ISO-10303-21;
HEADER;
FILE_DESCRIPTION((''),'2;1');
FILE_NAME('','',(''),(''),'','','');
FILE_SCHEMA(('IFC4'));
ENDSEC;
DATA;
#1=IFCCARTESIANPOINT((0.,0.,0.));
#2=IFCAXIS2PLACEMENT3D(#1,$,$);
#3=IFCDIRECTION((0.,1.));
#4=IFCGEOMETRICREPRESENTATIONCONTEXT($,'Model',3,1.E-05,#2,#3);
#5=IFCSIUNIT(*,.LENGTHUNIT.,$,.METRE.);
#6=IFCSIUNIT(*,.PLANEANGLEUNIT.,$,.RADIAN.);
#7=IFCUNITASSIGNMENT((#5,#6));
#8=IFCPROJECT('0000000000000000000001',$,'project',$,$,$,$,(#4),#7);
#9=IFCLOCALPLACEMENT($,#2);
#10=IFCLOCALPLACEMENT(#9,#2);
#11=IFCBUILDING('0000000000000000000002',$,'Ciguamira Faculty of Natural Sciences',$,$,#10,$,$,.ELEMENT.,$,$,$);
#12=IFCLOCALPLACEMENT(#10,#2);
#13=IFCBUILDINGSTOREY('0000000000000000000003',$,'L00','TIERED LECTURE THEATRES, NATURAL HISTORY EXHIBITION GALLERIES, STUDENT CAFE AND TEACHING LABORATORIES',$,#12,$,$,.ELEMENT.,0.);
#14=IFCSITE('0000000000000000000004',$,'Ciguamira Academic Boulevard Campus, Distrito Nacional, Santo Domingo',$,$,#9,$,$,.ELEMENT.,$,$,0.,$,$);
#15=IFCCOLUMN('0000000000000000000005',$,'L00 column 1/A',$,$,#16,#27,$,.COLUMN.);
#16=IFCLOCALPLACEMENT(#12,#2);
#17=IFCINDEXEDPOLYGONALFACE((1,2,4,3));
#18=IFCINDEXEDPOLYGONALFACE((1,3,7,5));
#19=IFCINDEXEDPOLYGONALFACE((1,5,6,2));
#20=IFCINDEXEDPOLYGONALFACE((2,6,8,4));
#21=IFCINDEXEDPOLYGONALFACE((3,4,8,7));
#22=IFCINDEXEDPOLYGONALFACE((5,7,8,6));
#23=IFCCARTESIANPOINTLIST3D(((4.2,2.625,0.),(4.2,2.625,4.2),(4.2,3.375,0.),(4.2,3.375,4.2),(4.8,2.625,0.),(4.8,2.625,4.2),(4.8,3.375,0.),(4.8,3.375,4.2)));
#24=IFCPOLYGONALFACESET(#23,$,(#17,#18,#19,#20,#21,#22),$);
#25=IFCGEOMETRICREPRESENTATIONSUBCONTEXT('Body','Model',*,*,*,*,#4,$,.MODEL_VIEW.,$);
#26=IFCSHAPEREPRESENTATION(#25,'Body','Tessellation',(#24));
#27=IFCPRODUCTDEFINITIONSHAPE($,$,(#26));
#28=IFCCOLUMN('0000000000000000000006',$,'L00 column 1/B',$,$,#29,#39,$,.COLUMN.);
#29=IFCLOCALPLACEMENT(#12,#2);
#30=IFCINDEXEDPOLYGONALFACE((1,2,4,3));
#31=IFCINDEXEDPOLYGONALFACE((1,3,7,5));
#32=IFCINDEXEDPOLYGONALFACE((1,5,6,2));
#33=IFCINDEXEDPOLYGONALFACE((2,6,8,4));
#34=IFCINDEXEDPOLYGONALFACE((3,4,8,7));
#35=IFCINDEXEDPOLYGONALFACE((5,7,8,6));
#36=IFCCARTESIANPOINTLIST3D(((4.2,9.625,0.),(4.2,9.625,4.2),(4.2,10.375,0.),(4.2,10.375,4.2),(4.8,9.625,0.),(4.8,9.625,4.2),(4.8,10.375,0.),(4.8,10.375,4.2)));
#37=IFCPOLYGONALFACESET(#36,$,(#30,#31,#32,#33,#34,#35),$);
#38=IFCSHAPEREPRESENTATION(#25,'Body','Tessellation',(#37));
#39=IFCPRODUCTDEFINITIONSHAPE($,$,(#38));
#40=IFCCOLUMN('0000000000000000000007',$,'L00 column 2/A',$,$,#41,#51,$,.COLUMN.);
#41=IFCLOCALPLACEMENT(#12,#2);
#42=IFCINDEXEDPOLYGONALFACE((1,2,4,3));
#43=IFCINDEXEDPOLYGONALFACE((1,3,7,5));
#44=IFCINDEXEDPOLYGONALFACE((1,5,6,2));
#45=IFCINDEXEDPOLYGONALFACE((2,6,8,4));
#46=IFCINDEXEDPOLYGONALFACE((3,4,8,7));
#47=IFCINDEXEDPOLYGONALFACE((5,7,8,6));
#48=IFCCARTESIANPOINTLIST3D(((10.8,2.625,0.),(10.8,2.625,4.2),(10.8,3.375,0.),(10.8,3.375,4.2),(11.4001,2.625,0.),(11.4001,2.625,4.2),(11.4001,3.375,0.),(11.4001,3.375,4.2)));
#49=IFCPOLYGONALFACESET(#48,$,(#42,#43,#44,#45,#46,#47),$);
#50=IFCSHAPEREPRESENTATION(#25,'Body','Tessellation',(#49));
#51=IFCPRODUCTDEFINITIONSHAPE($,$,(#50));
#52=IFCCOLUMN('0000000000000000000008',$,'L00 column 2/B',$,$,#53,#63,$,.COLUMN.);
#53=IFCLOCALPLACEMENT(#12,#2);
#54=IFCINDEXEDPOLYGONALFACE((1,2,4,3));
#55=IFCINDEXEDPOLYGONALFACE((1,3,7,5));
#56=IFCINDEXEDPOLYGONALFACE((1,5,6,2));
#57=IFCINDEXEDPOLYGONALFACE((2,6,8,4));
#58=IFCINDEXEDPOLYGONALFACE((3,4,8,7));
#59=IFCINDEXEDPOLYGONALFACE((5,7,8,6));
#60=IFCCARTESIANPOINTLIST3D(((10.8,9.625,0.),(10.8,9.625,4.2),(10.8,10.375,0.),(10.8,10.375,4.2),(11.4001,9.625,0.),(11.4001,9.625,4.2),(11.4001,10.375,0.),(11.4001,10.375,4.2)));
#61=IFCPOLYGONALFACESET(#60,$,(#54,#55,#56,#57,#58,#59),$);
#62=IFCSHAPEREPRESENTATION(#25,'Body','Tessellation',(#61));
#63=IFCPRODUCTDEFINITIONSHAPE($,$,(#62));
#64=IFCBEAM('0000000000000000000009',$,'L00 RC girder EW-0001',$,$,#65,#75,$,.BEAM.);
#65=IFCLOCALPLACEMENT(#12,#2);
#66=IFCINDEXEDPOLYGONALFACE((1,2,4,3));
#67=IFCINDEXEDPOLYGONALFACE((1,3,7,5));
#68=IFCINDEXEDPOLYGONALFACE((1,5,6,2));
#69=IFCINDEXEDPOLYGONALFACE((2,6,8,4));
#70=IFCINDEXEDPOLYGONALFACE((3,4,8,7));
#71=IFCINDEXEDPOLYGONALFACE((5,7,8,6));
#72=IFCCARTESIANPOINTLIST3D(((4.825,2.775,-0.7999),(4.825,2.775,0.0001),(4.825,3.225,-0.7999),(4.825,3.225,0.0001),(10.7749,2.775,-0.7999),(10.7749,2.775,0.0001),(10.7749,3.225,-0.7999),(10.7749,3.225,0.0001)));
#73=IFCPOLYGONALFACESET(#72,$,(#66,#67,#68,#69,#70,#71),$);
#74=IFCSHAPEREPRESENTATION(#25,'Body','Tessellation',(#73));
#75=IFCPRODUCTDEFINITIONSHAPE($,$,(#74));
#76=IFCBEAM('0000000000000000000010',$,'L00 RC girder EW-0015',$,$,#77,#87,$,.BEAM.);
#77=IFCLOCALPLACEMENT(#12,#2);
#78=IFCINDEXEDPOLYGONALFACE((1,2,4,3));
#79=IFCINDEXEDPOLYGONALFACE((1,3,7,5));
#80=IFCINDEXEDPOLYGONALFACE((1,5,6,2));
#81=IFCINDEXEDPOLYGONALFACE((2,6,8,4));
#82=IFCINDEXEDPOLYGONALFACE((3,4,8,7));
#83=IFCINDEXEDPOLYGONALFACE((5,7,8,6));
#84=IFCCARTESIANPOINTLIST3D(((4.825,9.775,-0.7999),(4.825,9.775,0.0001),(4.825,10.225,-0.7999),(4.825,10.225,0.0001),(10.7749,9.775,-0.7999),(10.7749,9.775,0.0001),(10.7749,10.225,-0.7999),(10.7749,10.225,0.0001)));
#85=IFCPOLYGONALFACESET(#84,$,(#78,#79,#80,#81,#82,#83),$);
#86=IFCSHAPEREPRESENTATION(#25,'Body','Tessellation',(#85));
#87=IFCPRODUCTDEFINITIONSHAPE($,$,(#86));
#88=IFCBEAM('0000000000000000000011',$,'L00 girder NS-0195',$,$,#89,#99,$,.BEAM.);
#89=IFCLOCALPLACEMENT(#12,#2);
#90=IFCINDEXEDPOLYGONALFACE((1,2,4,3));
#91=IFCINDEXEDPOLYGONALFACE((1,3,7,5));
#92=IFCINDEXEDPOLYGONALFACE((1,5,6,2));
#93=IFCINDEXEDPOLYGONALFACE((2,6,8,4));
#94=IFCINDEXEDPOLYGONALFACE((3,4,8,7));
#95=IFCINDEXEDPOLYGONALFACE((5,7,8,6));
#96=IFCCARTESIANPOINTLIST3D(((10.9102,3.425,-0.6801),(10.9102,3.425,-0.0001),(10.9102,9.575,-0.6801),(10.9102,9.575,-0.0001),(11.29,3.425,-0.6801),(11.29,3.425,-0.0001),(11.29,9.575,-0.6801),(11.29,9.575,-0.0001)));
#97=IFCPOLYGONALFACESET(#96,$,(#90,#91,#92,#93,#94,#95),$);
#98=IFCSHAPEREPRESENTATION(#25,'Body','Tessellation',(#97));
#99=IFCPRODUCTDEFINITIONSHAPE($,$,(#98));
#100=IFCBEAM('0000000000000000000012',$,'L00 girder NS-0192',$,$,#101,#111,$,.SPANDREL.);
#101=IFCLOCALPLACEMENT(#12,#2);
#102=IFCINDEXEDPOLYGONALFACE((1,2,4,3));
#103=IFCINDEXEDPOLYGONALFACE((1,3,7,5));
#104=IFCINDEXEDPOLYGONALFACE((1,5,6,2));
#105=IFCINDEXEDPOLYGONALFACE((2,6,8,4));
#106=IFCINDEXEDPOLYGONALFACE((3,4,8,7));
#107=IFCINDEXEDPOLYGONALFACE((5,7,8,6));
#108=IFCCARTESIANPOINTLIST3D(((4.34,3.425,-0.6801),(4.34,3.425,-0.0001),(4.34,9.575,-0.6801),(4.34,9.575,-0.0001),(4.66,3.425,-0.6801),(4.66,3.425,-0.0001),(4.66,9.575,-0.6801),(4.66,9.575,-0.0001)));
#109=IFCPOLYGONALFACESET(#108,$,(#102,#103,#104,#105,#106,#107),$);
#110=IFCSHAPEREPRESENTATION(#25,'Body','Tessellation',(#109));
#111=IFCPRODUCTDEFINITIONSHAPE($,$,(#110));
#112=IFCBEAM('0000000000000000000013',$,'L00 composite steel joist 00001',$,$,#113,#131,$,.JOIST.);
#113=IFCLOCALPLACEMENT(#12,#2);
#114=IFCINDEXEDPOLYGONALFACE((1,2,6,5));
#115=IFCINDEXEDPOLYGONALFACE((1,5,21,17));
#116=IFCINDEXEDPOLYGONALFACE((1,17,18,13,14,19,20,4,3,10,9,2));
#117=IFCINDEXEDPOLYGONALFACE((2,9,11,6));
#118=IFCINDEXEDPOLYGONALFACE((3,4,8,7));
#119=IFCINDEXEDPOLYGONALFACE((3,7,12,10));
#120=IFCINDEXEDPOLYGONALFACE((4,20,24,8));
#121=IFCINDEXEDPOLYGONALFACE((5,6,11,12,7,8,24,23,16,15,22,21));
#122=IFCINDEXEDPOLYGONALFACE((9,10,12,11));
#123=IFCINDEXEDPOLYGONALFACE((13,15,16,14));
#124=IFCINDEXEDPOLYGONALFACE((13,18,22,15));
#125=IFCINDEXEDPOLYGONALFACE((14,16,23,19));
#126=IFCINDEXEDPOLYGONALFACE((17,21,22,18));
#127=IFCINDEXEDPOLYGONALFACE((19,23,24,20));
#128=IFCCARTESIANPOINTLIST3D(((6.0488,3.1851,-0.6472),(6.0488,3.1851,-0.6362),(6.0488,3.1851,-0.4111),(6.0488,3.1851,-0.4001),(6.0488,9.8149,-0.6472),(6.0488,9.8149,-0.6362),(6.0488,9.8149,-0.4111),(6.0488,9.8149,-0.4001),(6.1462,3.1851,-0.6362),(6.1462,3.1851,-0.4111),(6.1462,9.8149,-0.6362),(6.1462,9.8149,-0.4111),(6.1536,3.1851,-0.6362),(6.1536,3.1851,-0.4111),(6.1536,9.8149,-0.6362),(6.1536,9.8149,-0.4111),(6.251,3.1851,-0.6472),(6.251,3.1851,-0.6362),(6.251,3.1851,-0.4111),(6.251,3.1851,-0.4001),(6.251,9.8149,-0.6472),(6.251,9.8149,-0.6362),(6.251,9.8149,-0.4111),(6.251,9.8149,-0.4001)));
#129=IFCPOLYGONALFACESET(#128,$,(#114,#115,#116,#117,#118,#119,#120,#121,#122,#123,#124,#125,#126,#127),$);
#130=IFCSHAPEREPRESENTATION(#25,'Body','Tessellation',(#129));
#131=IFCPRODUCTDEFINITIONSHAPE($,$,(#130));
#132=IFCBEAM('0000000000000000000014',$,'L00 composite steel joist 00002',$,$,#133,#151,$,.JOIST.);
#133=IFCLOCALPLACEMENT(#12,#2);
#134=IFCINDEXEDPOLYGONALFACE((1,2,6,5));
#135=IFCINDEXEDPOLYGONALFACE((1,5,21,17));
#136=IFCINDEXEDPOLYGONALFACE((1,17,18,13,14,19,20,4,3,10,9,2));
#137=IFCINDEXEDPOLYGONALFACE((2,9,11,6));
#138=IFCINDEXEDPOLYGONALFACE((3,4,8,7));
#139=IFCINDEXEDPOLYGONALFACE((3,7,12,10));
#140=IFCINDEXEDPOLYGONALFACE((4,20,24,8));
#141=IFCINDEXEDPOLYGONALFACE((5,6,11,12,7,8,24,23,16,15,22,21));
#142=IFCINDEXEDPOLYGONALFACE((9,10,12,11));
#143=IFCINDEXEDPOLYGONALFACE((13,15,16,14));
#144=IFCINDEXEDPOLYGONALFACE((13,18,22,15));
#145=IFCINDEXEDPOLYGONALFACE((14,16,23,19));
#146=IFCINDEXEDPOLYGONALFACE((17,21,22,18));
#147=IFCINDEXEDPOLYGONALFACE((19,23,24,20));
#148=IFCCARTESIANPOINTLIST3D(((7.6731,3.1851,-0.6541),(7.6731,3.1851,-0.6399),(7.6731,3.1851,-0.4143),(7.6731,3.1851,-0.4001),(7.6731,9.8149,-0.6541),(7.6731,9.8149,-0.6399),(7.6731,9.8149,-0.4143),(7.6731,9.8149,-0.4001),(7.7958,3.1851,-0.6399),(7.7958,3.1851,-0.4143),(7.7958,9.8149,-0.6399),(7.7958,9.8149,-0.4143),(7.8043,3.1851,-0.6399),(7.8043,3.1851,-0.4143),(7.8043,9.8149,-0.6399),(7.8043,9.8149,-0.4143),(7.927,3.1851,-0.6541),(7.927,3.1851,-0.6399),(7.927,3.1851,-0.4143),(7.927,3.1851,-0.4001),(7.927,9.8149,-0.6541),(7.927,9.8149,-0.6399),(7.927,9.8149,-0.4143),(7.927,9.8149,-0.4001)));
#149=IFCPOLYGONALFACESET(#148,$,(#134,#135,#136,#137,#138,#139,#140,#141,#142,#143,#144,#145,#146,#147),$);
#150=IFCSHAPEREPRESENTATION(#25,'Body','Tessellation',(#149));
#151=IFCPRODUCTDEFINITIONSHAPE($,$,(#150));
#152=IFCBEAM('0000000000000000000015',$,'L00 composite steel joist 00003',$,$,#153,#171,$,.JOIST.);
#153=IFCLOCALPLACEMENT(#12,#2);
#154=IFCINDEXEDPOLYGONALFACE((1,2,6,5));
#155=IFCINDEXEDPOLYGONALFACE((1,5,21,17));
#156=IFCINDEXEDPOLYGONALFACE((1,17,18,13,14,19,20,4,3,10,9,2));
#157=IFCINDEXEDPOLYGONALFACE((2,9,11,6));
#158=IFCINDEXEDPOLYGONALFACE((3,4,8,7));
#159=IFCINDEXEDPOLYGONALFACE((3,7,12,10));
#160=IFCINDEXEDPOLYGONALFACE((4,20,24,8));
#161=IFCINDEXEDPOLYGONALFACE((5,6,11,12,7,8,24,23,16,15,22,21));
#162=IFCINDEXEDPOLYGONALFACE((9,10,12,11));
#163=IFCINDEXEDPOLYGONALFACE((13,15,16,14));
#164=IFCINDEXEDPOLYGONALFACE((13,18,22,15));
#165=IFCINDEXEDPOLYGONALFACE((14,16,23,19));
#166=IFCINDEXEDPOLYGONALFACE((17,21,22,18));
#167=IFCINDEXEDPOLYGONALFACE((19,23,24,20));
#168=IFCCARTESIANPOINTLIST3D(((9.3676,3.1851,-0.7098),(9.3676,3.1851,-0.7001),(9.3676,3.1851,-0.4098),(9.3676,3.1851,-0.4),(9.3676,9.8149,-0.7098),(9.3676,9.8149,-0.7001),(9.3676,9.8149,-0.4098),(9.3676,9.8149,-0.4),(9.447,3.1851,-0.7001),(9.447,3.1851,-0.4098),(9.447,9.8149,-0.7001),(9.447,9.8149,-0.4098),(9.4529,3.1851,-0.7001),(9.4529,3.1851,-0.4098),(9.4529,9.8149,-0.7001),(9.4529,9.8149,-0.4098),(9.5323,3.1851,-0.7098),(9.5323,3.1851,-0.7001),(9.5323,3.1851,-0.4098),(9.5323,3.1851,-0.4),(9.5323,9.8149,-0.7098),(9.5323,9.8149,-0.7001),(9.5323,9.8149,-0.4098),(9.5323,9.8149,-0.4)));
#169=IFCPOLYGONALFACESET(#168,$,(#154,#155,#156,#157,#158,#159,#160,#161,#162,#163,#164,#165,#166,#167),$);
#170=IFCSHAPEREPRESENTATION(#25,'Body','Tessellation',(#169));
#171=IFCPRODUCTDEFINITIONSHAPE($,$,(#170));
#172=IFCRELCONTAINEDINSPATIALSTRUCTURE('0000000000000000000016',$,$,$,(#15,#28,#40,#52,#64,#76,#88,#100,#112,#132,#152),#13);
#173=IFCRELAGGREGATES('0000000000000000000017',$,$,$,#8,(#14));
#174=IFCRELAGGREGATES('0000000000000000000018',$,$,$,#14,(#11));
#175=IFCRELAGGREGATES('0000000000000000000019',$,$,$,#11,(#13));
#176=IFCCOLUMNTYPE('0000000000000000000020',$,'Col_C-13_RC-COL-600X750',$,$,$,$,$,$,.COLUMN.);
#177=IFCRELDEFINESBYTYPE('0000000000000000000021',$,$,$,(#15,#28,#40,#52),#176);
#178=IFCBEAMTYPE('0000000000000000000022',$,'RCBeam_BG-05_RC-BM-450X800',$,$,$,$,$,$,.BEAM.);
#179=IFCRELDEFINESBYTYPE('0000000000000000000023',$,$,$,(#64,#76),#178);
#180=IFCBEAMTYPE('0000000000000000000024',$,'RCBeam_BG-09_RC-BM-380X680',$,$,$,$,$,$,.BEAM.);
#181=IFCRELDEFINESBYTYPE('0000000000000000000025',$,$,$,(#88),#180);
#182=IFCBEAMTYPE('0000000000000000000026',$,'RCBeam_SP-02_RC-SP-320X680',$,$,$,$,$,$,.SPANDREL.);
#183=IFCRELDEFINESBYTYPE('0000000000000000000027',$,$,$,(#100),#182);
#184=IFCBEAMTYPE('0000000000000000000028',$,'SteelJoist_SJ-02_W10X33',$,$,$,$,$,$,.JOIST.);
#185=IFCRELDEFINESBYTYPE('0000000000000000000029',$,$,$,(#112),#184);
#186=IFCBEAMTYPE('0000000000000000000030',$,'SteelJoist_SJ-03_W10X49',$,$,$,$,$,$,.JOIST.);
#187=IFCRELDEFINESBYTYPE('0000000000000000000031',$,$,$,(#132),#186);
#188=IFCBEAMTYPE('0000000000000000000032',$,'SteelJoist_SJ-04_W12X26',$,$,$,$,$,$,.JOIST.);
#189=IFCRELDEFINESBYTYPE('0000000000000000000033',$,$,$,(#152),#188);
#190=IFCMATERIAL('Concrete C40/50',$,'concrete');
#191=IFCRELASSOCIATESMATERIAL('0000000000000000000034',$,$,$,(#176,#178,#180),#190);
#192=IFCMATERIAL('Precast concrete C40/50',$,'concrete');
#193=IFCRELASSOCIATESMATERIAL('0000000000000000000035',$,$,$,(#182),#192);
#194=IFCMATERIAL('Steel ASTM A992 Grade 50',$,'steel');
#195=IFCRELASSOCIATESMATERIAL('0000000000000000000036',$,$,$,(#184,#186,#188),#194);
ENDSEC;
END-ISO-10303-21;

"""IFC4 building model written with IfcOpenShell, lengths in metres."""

from ifc_helpers import new_model, si_unit, direction, frame, origin, origin_2d, place, context, subcontext, project, spatial, rectangle, i_section, extrude, material, material_profile, profile_set, type_object, element, save


model = new_model("IFC4")

# Units and contexts
model_context = context("Model", 3, precision=1e-05, world=origin(), true_north=direction((0.0, 1.0)))
body_context = subcontext(model_context, "Body", "Model", "MODEL_VIEW")
ifc_project = project(units=[si_unit("LENGTHUNIT", "METRE"), si_unit("PLANEANGLEUNIT", "RADIAN")], contexts=[model_context])

# Site, building, storey
site_placement = place(None, origin())
site = spatial("IfcSite", under=ifc_project, at=site_placement, Name="Ciguamira Academic Boulevard Campus, Distrito Nacional, Santo Domingo", CompositionType="ELEMENT", RefElevation=0.0)
building_placement = place(site_placement, origin())
building = spatial("IfcBuilding", under=site, at=building_placement, Name="Ciguamira Faculty of Natural Sciences", CompositionType="ELEMENT")
storey_placement = place(building_placement, origin())
storey = spatial("IfcBuildingStorey", under=building, at=storey_placement, Name="L00", Description="TIERED LECTURE THEATRES, NATURAL HISTORY EXHIBITION GALLERIES, STUDENT CAFE AND TEACHING LABORATORIES", CompositionType="ELEMENT", Elevation=0.0)

# Columns
ifc_material_1 = material(Name="Concrete C40/50", Category="concrete")
ifc_material_profile_1 = material_profile(ifc_material_1, rectangle(XDim=0.6001, YDim=0.75, at=origin_2d()), Name="RC-COL-600X750")
ifc_profile_set_1 = profile_set([ifc_material_profile_1], Name="Concrete C40/50")
column_type = type_object("IfcColumnType", Name="Col_C-13_RC-COL-600X750", PredefinedType="COLUMN", material=ifc_profile_set_1)
for number, where, z_axis, x_axis, name in (
    (1, (4.5, 3.0, 0.0), (0.0, 0.0, 1.0), (1.0, 0.0, 0.0), "L00 column 1/A"),
    (2, (4.5, 10.0, 0.0), (0.0, 0.0, 1.0), (1.0, 0.0, 0.0), "L00 column 1/B"),
    (3, (11.1001, 3.0, 0.0), (0.0, 0.0, 1.0), (1.0, 0.0, 0.0), "L00 column 2/A"),
    (4, (11.1001, 10.0, 0.0), (0.0, 0.0, 1.0), (1.0, 0.0, 0.0), "L00 column 2/B"),
):
    element("IfcColumn", number, at=place(storey_placement, frame(where, z_axis=z_axis, x_axis=x_axis)), inside=storey, type_object=column_type, Name=name, PredefinedType="COLUMN", context=body_context, shape_type="SweptSolid", body=[
        extrude(rectangle(XDim=0.6001, YDim=0.75, at=origin_2d()), origin(), (0.0, 0.0, 1.0), 4.2),
    ])

# Beams
ifc_material_profile_2 = material_profile(ifc_material_1, rectangle(XDim=0.45, YDim=0.8, at=origin_2d()), Name="RC-BM-450X800")
ifc_profile_set_2 = profile_set([ifc_material_profile_2], Name="Concrete C40/50")
beam_type_1 = type_object("IfcBeamType", Name="RCBeam_BG-05_RC-BM-450X800", PredefinedType="BEAM", material=ifc_profile_set_2)
for number, where, z_axis, x_axis, name in (
    (5, (4.825, 3.0, -0.3999), (1.0, 0.0, 0.0), (0.0, 1.0, 0.0), "L00 RC girder EW-0001"),
    (6, (4.825, 10.0, -0.3999), (1.0, 0.0, 0.0), (0.0, 1.0, 0.0), "L00 RC girder EW-0015"),
):
    element("IfcBeam", number, at=place(storey_placement, frame(where, z_axis=z_axis, x_axis=x_axis)), inside=storey, type_object=beam_type_1, Name=name, PredefinedType="BEAM", context=body_context, shape_type="SweptSolid", body=[
        extrude(rectangle(XDim=0.45, YDim=0.8, at=origin_2d()), origin(), (0.0, 0.0, 1.0), 5.95),
    ])
ifc_material_profile_3 = material_profile(ifc_material_1, rectangle(XDim=0.3799, YDim=0.6799, at=origin_2d()), Name="RC-BM-380X680")
ifc_profile_set_3 = profile_set([ifc_material_profile_3], Name="Concrete C40/50")
beam_type_2 = type_object("IfcBeamType", Name="RCBeam_BG-09_RC-BM-380X680", PredefinedType="BEAM", material=ifc_profile_set_3)
beam_1_placement = place(storey_placement, frame((11.1001, 3.425, -0.3401), z_axis=(0.0, 1.0, 0.0), x_axis=(-1.0, 0.0, 0.0)))
element("IfcBeam", 7, at=beam_1_placement, inside=storey, type_object=beam_type_2, Name="L00 girder NS-0195", PredefinedType="BEAM", context=body_context, shape_type="SweptSolid", body=[
    extrude(rectangle(XDim=0.3799, YDim=0.6799, at=origin_2d()), origin(), (0.0, 0.0, 1.0), 6.1499),
])
ifc_material_2 = material(Name="Precast concrete C40/50", Category="concrete")
ifc_material_profile_4 = material_profile(ifc_material_2, rectangle(XDim=0.3201, YDim=0.6799, at=origin_2d()), Name="RC-SP-320X680")
ifc_profile_set_4 = profile_set([ifc_material_profile_4], Name="Precast concrete C40/50")
beam_type_3 = type_object("IfcBeamType", Name="RCBeam_SP-02_RC-SP-320X680", PredefinedType="SPANDREL", material=ifc_profile_set_4)
beam_2_placement = place(storey_placement, frame((4.5, 3.425, -0.3401), z_axis=(0.0, 1.0, 0.0), x_axis=(-1.0, 0.0, 0.0)))
element("IfcBeam", 8, at=beam_2_placement, inside=storey, type_object=beam_type_3, Name="L00 girder NS-0192", PredefinedType="SPANDREL", context=body_context, shape_type="SweptSolid", body=[
    extrude(rectangle(XDim=0.3201, YDim=0.6799, at=origin_2d()), origin(), (0.0, 0.0, 1.0), 6.1499),
])
ifc_material_3 = material(Name="Steel ASTM A992 Grade 50", Category="steel")
ifc_material_profile_5 = material_profile(ifc_material_3, i_section(OverallWidth=0.2021, OverallDepth=0.2471, WebThickness=0.0073, FlangeThickness=0.011, at=origin_2d()), Name="W10X33")
ifc_profile_set_5 = profile_set([ifc_material_profile_5], Name="Steel ASTM A992 Grade 50")
beam_type_4 = type_object("IfcBeamType", Name="SteelJoist_SJ-02_W10X33", PredefinedType="JOIST", material=ifc_profile_set_5)
beam_3_placement = place(storey_placement, frame((6.1499, 3.1851, -0.5237), z_axis=(0.0, 1.0, 0.0), x_axis=(-1.0, 0.0, 0.0)))
element("IfcBeam", 9, at=beam_3_placement, inside=storey, type_object=beam_type_4, Name="L00 composite steel joist 00001", PredefinedType="JOIST", context=body_context, shape_type="SweptSolid", body=[
    extrude(i_section(OverallWidth=0.2021, OverallDepth=0.2471, WebThickness=0.0073, FlangeThickness=0.011, at=origin_2d()), origin(), (0.0, 0.0, 1.0), 6.6299),
])
ifc_material_profile_6 = material_profile(ifc_material_3, i_section(OverallWidth=0.2539, OverallDepth=0.2539, WebThickness=0.0085, FlangeThickness=0.0142, at=origin_2d()), Name="W10X49")
ifc_profile_set_6 = profile_set([ifc_material_profile_6], Name="Steel ASTM A992 Grade 50")
beam_type_5 = type_object("IfcBeamType", Name="SteelJoist_SJ-03_W10X49", PredefinedType="JOIST", material=ifc_profile_set_6)
beam_4_placement = place(storey_placement, frame((7.8, 3.1851, -0.5271), z_axis=(0.0, 1.0, 0.0), x_axis=(-1.0, 0.0, 0.0)))
element("IfcBeam", 10, at=beam_4_placement, inside=storey, type_object=beam_type_5, Name="L00 composite steel joist 00002", PredefinedType="JOIST", context=body_context, shape_type="SweptSolid", body=[
    extrude(i_section(OverallWidth=0.2539, OverallDepth=0.2539, WebThickness=0.0085, FlangeThickness=0.0142, at=origin_2d()), origin(), (0.0, 0.0, 1.0), 6.6299),
])
ifc_material_profile_7 = material_profile(ifc_material_3, i_section(OverallWidth=0.1648, OverallDepth=0.3098, WebThickness=0.0059, FlangeThickness=0.0098, at=origin_2d()), Name="W12X26")
ifc_profile_set_7 = profile_set([ifc_material_profile_7], Name="Steel ASTM A992 Grade 50")
beam_type_6 = type_object("IfcBeamType", Name="SteelJoist_SJ-04_W12X26", PredefinedType="JOIST", material=ifc_profile_set_7)
beam_5_placement = place(storey_placement, frame((9.45, 3.1851, -0.5549), z_axis=(0.0, 1.0, 0.0), x_axis=(-1.0, 0.0, 0.0)))
element("IfcBeam", 11, at=beam_5_placement, inside=storey, type_object=beam_type_6, Name="L00 composite steel joist 00003", PredefinedType="JOIST", context=body_context, shape_type="SweptSolid", body=[
    extrude(i_section(OverallWidth=0.1648, OverallDepth=0.3098, WebThickness=0.0059, FlangeThickness=0.0098, at=origin_2d()), origin(), (0.0, 0.0, 1.0), 6.6299),
])

save(model, "model.ifc")
